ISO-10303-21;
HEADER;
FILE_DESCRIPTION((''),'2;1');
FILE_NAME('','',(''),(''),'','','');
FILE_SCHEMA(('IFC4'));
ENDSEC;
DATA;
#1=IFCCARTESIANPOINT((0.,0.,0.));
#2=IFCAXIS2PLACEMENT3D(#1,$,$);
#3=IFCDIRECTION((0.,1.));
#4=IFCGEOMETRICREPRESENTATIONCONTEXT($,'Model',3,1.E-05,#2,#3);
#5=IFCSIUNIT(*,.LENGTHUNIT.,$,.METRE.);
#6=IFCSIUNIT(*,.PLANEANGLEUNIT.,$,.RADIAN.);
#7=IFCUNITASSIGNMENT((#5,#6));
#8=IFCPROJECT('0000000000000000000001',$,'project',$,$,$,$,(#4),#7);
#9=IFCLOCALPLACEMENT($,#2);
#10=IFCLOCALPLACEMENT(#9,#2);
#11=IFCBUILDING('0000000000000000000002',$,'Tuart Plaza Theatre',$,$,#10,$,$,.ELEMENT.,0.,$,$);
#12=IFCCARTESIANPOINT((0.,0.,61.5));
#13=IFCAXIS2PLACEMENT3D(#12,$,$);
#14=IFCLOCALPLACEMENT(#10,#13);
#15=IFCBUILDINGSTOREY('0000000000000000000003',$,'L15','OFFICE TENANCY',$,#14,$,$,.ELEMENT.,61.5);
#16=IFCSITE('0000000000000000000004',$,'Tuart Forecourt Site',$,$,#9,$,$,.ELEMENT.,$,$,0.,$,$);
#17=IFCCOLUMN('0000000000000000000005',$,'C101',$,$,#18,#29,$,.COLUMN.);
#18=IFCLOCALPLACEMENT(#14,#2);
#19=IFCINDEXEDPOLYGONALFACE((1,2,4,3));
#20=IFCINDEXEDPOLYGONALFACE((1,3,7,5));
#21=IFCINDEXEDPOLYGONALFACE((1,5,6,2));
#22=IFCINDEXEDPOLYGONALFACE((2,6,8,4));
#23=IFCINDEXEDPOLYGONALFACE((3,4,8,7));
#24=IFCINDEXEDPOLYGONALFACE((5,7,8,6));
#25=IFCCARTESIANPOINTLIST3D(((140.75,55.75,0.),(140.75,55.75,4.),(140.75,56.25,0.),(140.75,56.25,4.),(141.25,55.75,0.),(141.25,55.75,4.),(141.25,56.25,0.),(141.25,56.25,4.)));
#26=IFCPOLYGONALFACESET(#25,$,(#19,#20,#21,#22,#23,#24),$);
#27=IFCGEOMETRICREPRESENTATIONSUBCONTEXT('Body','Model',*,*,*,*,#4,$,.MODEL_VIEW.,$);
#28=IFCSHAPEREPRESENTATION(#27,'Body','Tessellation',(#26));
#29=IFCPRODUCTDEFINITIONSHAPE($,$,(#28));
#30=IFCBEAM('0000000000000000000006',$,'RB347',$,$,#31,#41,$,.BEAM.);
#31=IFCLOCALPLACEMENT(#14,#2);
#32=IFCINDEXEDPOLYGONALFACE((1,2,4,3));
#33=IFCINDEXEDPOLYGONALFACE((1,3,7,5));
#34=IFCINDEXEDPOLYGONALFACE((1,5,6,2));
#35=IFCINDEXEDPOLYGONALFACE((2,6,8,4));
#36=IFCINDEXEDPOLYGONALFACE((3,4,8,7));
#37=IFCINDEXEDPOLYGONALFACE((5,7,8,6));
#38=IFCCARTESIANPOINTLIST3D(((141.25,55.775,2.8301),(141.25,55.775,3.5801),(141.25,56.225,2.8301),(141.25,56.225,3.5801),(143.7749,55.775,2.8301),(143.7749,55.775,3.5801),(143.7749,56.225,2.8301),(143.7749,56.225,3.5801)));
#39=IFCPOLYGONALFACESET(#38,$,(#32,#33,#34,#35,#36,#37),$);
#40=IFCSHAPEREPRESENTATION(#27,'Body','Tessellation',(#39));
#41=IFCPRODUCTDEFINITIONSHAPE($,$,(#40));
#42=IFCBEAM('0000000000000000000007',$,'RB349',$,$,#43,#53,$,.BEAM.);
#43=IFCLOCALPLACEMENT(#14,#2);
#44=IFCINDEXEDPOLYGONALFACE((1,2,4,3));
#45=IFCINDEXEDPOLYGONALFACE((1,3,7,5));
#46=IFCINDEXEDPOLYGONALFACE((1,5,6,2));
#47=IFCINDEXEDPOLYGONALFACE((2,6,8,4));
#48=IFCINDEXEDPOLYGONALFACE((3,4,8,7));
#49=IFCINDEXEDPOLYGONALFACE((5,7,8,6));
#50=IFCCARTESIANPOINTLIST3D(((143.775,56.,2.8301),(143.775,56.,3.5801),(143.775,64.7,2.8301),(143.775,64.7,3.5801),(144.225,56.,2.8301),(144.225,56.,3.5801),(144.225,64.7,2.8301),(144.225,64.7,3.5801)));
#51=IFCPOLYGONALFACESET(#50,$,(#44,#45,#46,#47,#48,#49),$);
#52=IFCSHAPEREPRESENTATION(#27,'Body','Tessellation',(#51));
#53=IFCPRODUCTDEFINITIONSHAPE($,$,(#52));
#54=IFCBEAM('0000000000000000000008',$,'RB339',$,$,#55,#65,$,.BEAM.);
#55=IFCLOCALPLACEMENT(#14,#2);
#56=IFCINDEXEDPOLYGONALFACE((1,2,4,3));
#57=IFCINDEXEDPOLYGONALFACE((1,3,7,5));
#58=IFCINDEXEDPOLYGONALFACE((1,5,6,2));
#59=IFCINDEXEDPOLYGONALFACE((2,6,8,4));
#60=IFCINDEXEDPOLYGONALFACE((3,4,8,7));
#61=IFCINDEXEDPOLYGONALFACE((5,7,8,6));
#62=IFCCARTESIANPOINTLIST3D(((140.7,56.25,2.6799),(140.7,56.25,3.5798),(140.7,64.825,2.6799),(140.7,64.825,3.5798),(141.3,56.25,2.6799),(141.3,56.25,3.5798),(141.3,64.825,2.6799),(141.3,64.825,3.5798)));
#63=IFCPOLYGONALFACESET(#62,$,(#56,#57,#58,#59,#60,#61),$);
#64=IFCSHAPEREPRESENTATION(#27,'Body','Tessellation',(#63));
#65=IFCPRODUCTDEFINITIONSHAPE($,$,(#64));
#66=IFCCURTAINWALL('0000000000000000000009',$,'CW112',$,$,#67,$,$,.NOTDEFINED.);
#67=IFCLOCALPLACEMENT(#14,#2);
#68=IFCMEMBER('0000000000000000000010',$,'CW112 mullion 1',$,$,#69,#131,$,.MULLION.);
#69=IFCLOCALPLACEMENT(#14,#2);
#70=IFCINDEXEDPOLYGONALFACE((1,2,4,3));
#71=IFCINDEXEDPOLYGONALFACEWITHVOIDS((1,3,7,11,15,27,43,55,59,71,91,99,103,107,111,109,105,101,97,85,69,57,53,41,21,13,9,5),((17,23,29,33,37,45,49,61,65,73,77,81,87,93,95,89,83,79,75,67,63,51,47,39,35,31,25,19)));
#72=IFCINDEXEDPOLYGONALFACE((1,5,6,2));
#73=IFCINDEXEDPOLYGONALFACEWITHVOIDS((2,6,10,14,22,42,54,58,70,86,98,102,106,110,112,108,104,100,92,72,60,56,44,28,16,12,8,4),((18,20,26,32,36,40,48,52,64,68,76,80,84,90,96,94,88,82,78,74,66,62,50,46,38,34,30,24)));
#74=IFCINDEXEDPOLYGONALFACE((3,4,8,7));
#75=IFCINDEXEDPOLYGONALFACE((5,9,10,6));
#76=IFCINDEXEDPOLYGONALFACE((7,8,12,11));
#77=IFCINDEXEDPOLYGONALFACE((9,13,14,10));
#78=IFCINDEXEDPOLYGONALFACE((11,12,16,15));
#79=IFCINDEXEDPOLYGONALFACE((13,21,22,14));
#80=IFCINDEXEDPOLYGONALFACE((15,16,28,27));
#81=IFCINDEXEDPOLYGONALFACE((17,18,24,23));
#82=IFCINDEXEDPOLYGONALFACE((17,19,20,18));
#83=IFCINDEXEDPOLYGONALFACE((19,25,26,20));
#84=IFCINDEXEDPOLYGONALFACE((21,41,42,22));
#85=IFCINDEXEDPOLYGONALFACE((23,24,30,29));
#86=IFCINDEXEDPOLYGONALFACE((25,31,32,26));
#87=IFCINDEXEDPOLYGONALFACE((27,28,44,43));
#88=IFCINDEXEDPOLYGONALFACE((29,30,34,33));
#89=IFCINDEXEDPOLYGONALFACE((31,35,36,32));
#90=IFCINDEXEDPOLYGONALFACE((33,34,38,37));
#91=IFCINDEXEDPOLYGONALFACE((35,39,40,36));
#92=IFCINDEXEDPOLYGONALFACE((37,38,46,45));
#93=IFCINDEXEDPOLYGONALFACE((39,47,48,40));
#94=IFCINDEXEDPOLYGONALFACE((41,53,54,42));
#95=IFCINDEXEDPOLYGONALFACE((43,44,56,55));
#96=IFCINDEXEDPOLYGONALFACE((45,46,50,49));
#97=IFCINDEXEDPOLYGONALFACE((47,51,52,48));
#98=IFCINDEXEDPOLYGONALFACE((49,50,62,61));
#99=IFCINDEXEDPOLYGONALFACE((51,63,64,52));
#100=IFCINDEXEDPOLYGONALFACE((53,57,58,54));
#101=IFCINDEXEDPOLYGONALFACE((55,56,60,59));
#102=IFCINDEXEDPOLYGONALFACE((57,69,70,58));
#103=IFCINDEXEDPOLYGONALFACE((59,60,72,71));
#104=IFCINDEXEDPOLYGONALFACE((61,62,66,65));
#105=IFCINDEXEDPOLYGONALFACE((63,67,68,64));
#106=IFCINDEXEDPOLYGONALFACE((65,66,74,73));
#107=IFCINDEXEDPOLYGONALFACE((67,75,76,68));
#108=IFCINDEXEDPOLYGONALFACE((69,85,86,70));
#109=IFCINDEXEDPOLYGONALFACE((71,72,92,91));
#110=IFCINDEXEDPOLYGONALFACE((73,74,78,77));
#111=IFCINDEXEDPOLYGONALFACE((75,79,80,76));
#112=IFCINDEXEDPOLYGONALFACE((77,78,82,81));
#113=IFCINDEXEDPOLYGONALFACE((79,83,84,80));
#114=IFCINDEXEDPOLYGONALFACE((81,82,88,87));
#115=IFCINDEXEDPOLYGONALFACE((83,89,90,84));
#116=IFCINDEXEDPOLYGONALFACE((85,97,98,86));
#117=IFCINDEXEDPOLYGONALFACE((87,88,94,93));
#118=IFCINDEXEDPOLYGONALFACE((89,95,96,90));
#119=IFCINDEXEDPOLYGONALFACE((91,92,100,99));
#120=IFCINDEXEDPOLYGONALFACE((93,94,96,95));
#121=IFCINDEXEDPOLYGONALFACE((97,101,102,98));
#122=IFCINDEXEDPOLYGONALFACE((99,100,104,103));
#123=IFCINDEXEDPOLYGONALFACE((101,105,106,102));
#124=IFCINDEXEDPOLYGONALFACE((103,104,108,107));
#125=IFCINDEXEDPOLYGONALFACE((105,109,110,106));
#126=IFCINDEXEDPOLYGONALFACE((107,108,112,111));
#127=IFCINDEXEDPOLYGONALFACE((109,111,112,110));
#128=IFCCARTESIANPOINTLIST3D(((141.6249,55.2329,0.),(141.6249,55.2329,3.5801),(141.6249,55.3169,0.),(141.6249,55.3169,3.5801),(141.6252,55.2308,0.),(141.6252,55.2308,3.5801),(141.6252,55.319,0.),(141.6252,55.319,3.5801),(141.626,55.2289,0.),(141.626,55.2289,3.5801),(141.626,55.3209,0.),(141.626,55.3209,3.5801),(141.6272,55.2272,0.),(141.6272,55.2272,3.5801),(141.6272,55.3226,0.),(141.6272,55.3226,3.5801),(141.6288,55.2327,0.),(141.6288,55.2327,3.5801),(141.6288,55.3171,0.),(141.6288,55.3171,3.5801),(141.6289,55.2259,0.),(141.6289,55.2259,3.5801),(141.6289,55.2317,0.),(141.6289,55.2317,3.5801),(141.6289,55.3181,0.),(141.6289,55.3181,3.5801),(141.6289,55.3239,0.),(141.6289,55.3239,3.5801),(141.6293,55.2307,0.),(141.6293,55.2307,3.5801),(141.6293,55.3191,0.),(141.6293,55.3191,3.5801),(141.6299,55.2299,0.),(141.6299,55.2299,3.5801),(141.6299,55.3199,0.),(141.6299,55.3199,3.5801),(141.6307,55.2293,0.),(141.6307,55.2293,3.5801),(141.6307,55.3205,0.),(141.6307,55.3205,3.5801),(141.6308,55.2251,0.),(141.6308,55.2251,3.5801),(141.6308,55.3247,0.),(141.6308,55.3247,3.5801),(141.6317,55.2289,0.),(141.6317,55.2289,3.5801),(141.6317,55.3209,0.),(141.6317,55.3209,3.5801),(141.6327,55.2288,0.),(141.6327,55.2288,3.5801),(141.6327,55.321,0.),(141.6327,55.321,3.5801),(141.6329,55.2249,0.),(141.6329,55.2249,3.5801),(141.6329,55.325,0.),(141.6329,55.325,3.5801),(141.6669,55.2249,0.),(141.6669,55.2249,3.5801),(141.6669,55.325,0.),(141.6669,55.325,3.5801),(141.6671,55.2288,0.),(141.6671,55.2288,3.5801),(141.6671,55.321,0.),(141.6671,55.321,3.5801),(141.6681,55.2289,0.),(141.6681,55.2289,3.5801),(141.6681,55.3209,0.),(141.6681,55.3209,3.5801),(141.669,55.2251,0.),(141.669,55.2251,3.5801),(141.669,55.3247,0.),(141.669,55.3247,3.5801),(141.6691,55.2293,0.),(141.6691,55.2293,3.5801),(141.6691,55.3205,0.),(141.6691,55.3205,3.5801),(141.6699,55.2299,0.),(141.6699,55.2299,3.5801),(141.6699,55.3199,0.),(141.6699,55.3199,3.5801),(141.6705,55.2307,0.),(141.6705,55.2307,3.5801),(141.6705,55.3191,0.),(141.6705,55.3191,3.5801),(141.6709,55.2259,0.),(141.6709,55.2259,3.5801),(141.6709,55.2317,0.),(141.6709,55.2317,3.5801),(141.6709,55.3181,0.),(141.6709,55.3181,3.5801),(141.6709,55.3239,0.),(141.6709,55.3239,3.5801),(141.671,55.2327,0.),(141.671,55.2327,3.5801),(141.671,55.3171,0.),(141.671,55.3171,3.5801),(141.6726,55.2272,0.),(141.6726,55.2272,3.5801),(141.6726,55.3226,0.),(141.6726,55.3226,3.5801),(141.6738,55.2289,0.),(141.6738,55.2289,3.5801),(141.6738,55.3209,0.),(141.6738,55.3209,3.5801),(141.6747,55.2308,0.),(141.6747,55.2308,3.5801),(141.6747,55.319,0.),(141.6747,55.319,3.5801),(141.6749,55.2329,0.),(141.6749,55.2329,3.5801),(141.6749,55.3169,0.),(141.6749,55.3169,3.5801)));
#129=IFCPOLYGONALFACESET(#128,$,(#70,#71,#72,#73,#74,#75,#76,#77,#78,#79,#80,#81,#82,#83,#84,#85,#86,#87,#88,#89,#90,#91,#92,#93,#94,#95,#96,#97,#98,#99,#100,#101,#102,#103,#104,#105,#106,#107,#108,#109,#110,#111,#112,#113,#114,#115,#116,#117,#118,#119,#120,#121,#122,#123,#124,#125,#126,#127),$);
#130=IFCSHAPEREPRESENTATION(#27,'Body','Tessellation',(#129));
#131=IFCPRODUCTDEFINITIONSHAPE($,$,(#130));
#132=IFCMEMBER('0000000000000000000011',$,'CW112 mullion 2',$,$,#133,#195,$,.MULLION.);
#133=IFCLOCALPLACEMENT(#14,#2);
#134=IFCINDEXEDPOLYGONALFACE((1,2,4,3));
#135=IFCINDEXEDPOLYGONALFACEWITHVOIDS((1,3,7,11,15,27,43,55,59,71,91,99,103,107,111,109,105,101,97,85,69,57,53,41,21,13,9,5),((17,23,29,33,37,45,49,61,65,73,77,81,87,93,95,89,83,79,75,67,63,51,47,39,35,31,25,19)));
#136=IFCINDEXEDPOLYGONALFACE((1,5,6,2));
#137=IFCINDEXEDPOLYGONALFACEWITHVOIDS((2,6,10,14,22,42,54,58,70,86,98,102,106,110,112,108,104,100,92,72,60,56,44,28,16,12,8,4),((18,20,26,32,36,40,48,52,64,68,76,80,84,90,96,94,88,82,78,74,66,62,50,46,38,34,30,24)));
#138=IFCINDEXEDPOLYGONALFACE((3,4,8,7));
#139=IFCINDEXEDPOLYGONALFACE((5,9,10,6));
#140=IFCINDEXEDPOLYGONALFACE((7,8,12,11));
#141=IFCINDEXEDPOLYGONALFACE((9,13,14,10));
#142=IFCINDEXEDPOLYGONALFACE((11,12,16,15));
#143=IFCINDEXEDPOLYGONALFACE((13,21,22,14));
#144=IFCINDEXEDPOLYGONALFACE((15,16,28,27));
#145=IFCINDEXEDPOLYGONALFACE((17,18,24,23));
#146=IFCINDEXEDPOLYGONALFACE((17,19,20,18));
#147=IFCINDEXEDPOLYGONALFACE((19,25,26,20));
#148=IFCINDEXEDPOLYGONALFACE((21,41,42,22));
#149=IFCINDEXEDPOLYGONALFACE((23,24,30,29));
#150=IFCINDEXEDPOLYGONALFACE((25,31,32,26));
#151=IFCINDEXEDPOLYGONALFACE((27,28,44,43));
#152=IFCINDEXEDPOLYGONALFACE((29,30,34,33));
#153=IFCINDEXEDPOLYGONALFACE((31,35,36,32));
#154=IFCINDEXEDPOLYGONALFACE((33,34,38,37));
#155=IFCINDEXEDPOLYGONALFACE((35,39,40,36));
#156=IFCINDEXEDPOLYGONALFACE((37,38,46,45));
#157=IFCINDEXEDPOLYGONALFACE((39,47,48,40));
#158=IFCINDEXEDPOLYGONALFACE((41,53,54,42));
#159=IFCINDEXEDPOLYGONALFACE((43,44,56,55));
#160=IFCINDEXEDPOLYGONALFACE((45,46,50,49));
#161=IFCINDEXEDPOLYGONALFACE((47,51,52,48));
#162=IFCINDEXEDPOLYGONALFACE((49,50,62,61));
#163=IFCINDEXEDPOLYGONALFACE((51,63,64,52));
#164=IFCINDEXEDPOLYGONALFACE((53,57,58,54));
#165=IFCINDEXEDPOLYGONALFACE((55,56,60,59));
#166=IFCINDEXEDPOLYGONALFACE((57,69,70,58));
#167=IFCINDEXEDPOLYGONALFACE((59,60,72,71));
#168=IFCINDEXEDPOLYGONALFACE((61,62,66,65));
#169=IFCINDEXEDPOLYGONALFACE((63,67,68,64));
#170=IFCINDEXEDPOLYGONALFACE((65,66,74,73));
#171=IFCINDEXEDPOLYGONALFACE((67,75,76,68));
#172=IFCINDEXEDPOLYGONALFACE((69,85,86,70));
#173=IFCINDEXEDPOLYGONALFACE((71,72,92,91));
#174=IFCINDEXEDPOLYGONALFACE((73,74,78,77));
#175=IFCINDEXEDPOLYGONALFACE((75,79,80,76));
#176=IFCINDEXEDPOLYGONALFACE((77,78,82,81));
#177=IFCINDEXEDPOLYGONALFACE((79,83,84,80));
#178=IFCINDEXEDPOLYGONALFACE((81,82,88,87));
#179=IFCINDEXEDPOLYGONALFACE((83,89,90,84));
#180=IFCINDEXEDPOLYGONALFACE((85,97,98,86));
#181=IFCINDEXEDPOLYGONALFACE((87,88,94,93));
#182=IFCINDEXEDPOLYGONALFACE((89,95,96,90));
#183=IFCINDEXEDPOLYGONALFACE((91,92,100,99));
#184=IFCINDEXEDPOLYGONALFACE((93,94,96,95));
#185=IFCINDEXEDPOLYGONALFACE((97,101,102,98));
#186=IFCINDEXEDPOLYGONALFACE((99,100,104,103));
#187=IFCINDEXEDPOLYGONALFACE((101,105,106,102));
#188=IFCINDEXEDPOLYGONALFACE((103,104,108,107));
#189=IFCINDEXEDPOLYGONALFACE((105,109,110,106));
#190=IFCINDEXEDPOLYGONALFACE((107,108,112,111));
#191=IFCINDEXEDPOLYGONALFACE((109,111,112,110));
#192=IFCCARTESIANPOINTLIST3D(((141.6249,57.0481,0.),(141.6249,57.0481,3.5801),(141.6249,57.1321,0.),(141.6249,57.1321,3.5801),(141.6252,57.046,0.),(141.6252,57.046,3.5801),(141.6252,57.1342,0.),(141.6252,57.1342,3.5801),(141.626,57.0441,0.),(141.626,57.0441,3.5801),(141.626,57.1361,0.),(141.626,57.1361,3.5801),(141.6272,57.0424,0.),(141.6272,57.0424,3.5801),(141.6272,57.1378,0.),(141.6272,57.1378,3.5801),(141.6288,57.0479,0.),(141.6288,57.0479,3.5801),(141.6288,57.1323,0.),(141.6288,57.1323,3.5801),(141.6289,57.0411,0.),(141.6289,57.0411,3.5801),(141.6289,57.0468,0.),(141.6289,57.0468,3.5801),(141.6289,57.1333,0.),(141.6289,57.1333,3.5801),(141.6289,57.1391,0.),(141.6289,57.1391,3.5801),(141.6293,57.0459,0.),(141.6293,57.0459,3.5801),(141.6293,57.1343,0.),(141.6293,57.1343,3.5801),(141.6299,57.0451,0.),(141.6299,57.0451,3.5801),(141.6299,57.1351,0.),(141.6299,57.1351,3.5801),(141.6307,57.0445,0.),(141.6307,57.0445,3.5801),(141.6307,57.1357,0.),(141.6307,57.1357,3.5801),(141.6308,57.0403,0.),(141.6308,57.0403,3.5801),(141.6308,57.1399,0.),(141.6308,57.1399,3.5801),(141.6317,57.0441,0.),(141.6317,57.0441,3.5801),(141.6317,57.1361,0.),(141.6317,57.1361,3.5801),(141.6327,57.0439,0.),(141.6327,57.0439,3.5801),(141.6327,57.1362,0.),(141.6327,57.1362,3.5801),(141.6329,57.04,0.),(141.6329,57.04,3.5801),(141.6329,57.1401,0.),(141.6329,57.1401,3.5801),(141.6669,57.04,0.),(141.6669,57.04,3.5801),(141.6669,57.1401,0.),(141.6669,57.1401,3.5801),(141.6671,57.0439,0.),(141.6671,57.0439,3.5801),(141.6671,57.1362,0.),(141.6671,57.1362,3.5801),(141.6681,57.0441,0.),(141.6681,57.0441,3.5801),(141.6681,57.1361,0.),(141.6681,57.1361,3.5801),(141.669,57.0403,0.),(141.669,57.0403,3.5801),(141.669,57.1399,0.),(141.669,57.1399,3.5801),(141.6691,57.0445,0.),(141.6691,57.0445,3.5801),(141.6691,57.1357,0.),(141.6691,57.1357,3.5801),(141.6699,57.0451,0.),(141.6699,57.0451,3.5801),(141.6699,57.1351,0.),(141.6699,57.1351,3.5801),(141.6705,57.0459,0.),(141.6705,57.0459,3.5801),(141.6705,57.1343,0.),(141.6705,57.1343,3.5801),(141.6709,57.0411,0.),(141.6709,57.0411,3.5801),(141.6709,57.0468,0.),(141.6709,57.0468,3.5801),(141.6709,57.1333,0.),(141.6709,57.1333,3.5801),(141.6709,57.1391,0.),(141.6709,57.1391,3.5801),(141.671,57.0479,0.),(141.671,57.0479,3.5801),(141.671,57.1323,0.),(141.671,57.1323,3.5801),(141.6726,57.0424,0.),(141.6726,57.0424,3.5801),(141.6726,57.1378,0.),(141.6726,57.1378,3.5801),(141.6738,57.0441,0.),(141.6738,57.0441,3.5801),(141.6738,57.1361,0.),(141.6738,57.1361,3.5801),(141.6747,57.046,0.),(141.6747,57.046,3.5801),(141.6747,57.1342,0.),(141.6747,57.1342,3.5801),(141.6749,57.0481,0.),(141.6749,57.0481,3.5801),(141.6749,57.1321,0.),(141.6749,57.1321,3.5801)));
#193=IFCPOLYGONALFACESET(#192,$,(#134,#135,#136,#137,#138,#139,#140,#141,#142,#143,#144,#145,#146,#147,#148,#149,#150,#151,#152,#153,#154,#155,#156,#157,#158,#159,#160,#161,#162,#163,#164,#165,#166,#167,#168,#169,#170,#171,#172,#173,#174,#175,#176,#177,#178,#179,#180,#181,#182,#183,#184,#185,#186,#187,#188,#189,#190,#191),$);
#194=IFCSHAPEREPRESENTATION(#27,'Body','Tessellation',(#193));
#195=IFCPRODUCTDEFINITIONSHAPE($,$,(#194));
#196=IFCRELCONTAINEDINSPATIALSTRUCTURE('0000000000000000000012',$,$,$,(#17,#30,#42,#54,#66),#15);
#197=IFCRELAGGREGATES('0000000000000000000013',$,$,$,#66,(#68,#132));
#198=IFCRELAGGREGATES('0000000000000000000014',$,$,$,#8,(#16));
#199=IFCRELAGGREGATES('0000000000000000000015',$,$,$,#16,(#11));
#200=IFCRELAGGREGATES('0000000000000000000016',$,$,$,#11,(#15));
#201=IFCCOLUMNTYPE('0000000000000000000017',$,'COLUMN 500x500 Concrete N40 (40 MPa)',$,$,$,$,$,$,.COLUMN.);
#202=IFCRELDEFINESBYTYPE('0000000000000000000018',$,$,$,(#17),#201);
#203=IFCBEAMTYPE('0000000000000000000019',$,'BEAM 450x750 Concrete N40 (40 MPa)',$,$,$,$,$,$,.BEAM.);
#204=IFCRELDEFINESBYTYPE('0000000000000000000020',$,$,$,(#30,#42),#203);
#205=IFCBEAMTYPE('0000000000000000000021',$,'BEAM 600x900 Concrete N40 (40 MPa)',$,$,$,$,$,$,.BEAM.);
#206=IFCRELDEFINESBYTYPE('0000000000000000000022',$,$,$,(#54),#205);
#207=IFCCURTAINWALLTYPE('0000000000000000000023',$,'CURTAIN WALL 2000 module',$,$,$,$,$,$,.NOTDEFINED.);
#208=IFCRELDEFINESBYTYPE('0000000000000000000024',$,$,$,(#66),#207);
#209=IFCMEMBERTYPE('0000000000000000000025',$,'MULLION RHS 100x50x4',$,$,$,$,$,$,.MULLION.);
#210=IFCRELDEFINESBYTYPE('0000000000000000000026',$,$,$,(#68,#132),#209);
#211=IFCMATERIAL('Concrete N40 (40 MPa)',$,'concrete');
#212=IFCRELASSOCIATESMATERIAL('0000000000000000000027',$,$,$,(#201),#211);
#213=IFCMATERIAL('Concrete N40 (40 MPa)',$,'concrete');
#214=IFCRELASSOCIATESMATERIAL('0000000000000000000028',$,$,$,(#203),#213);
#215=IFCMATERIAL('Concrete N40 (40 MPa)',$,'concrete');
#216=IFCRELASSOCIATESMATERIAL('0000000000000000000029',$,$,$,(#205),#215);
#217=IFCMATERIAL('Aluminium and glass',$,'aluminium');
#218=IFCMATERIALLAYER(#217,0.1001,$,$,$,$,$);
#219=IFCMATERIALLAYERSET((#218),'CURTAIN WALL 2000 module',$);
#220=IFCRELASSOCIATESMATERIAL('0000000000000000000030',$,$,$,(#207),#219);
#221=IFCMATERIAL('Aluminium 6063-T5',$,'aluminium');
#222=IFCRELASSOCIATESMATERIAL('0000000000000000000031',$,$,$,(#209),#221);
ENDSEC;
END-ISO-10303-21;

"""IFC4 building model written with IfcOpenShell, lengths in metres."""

from ifc_helpers import new_model, si_unit, direction, frame, origin, origin_2d, place, context, subcontext, project, spatial, rectangle, hollow_rectangle, extrude, material, layer, layer_set, material_profile, profile_set, type_object, element, aggregate, save


model = new_model("IFC4")

# Units and contexts
model_context = context("Model", 3, precision=1e-05, world=origin(), true_north=direction((0.0, 1.0)))
body_context = subcontext(model_context, "Body", "Model", "MODEL_VIEW")
ifc_project = project(units=[si_unit("LENGTHUNIT", "METRE"), si_unit("PLANEANGLEUNIT", "RADIAN")], contexts=[model_context])

# Site, building, storey
site_placement = place(None, origin())
site = spatial("IfcSite", under=ifc_project, at=site_placement, Name="Tuart Forecourt Site", CompositionType="ELEMENT", RefElevation=0.0)
building_placement = place(site_placement, origin())
building = spatial("IfcBuilding", under=site, at=building_placement, Name="Tuart Plaza Theatre", CompositionType="ELEMENT", ElevationOfRefHeight=0.0)
storey_placement = place(building_placement, frame((0.0, 0.0, 61.5)))
storey = spatial("IfcBuildingStorey", under=building, at=storey_placement, Name="L15", Description="OFFICE TENANCY", CompositionType="ELEMENT", Elevation=61.5)

# Column
ifc_material_1 = material(Name="Concrete N40 (40 MPa)", Category="concrete")
ifc_material_profile_1 = material_profile(ifc_material_1, rectangle(XDim=0.5, YDim=0.5, at=origin_2d()), Name="COLUMN 500x500 Concrete N40 (40 MPa)")
ifc_profile_set_1 = profile_set([ifc_material_profile_1], Name="Concrete N40 (40 MPa)")
column_type = type_object("IfcColumnType", Name="COLUMN 500x500 Concrete N40 (40 MPa)", PredefinedType="COLUMN", material=ifc_profile_set_1)
column_placement = place(storey_placement, frame((141.0, 56.0, 0.0), z_axis=(0.0, 0.0, 1.0), x_axis=(1.0, 0.0, 0.0)))
element("IfcColumn", 1, at=column_placement, inside=storey, type_object=column_type, Name="C101", PredefinedType="COLUMN", context=body_context, shape_type="SweptSolid", body=[
    extrude(rectangle(XDim=0.5, YDim=0.5, at=origin_2d()), origin(), (0.0, 0.0, 1.0), 4.0),
])

# Beams
ifc_material_2 = material(Name="Concrete N40 (40 MPa)", Category="concrete")
ifc_material_profile_2 = material_profile(ifc_material_2, rectangle(XDim=0.45, YDim=0.75, at=origin_2d()), Name="BEAM 450x750 Concrete N40 (40 MPa)")
ifc_profile_set_2 = profile_set([ifc_material_profile_2], Name="Concrete N40 (40 MPa)")
beam_type_1 = type_object("IfcBeamType", Name="BEAM 450x750 Concrete N40 (40 MPa)", PredefinedType="BEAM", material=ifc_profile_set_2)
beam_1_placement = place(storey_placement, frame((141.25, 56.0, 3.2051), z_axis=(1.0, 0.0, 0.0), x_axis=(0.0, 1.0, 0.0)))
element("IfcBeam", 2, at=beam_1_placement, inside=storey, type_object=beam_type_1, Name="RB347", PredefinedType="BEAM", context=body_context, shape_type="SweptSolid", body=[
    extrude(rectangle(XDim=0.45, YDim=0.75, at=origin_2d()), origin(), (0.0, 0.0, 1.0), 2.5249),
])
beam_2_placement = place(storey_placement, frame((144.0, 56.0, 3.2051), z_axis=(0.0, 1.0, 0.0), x_axis=(-1.0, 0.0, 0.0)))
element("IfcBeam", 3, at=beam_2_placement, inside=storey, type_object=beam_type_1, Name="RB349", PredefinedType="BEAM", context=body_context, shape_type="SweptSolid", body=[
    extrude(rectangle(XDim=0.45, YDim=0.75, at=origin_2d()), origin(), (0.0, 0.0, 1.0), 8.7),
])
ifc_material_3 = material(Name="Concrete N40 (40 MPa)", Category="concrete")
ifc_material_profile_3 = material_profile(ifc_material_3, rectangle(XDim=0.6001, YDim=0.8999, at=origin_2d()), Name="BEAM 600x900 Concrete N40 (40 MPa)")
ifc_profile_set_3 = profile_set([ifc_material_profile_3], Name="Concrete N40 (40 MPa)")
beam_type_2 = type_object("IfcBeamType", Name="BEAM 600x900 Concrete N40 (40 MPa)", PredefinedType="BEAM", material=ifc_profile_set_3)
beam_3_placement = place(storey_placement, frame((141.0, 56.25, 3.1299), z_axis=(0.0, 1.0, 0.0), x_axis=(-1.0, 0.0, 0.0)))
element("IfcBeam", 4, at=beam_3_placement, inside=storey, type_object=beam_type_2, Name="RB339", PredefinedType="BEAM", context=body_context, shape_type="SweptSolid", body=[
    extrude(rectangle(XDim=0.6001, YDim=0.8999, at=origin_2d()), origin(), (0.0, 0.0, 1.0), 8.575),
])

# Curtain wall, members
ifc_material_4 = material(Name="Aluminium and glass", Category="aluminium")
ifc_layer_1 = layer(ifc_material_4, 0.1001)
ifc_layer_set_1 = layer_set([ifc_layer_1], Name="CURTAIN WALL 2000 module")
curtain_wall_type = type_object("IfcCurtainWallType", Name="CURTAIN WALL 2000 module", PredefinedType="NOTDEFINED", material=ifc_layer_set_1)
curtain_wall_1_placement = place(storey_placement, origin())
curtain_wall_1 = element("IfcCurtainWall", 5, at=curtain_wall_1_placement, inside=storey, type_object=curtain_wall_type, Name="CW112", PredefinedType="NOTDEFINED")
ifc_material_5 = material(Name="Aluminium 6063-T5", Category="aluminium")
ifc_material_profile_4 = material_profile(ifc_material_5, hollow_rectangle(XDim=0.05, YDim=0.1001, WallThickness=0.0039, InnerFilletRadius=0.0039, OuterFilletRadius=0.0081, at=origin_2d()), Name="RHS 100x50x4")
ifc_profile_set_4 = profile_set([ifc_material_profile_4], Name="Aluminium 6063-T5")
member_type_1 = type_object("IfcMemberType", Name="MULLION RHS 100x50x4", PredefinedType="MULLION", material=ifc_profile_set_4)
member_1_placement = place(storey_placement, frame((141.6499, 55.2749, 0.0), z_axis=(0.0, 0.0, 1.0), x_axis=(-1.0, 0.0, 0.0)))
member_1 = element("IfcMember", 6, at=member_1_placement, type_object=member_type_1, Name="CW112 mullion 1", PredefinedType="MULLION", context=body_context, shape_type="SweptSolid", body=[
    extrude(hollow_rectangle(XDim=0.05, YDim=0.1001, WallThickness=0.0039, InnerFilletRadius=0.0039, OuterFilletRadius=0.0081, at=origin_2d()), origin(), (0.0, 0.0, 1.0), 3.5801),
])
member_2_placement = place(storey_placement, frame((141.6499, 57.0901, 0.0), z_axis=(0.0, 0.0, 1.0), x_axis=(-1.0, 0.0, 0.0)))
member_2 = element("IfcMember", 7, at=member_2_placement, type_object=member_type_1, Name="CW112 mullion 2", PredefinedType="MULLION", context=body_context, shape_type="SweptSolid", body=[
    extrude(hollow_rectangle(XDim=0.05, YDim=0.1001, WallThickness=0.0039, InnerFilletRadius=0.0039, OuterFilletRadius=0.0081, at=origin_2d()), origin(), (0.0, 0.0, 1.0), 3.5801),
])

aggregate(curtain_wall_1, [member_1, member_2])

save(model, "model.ifc")
